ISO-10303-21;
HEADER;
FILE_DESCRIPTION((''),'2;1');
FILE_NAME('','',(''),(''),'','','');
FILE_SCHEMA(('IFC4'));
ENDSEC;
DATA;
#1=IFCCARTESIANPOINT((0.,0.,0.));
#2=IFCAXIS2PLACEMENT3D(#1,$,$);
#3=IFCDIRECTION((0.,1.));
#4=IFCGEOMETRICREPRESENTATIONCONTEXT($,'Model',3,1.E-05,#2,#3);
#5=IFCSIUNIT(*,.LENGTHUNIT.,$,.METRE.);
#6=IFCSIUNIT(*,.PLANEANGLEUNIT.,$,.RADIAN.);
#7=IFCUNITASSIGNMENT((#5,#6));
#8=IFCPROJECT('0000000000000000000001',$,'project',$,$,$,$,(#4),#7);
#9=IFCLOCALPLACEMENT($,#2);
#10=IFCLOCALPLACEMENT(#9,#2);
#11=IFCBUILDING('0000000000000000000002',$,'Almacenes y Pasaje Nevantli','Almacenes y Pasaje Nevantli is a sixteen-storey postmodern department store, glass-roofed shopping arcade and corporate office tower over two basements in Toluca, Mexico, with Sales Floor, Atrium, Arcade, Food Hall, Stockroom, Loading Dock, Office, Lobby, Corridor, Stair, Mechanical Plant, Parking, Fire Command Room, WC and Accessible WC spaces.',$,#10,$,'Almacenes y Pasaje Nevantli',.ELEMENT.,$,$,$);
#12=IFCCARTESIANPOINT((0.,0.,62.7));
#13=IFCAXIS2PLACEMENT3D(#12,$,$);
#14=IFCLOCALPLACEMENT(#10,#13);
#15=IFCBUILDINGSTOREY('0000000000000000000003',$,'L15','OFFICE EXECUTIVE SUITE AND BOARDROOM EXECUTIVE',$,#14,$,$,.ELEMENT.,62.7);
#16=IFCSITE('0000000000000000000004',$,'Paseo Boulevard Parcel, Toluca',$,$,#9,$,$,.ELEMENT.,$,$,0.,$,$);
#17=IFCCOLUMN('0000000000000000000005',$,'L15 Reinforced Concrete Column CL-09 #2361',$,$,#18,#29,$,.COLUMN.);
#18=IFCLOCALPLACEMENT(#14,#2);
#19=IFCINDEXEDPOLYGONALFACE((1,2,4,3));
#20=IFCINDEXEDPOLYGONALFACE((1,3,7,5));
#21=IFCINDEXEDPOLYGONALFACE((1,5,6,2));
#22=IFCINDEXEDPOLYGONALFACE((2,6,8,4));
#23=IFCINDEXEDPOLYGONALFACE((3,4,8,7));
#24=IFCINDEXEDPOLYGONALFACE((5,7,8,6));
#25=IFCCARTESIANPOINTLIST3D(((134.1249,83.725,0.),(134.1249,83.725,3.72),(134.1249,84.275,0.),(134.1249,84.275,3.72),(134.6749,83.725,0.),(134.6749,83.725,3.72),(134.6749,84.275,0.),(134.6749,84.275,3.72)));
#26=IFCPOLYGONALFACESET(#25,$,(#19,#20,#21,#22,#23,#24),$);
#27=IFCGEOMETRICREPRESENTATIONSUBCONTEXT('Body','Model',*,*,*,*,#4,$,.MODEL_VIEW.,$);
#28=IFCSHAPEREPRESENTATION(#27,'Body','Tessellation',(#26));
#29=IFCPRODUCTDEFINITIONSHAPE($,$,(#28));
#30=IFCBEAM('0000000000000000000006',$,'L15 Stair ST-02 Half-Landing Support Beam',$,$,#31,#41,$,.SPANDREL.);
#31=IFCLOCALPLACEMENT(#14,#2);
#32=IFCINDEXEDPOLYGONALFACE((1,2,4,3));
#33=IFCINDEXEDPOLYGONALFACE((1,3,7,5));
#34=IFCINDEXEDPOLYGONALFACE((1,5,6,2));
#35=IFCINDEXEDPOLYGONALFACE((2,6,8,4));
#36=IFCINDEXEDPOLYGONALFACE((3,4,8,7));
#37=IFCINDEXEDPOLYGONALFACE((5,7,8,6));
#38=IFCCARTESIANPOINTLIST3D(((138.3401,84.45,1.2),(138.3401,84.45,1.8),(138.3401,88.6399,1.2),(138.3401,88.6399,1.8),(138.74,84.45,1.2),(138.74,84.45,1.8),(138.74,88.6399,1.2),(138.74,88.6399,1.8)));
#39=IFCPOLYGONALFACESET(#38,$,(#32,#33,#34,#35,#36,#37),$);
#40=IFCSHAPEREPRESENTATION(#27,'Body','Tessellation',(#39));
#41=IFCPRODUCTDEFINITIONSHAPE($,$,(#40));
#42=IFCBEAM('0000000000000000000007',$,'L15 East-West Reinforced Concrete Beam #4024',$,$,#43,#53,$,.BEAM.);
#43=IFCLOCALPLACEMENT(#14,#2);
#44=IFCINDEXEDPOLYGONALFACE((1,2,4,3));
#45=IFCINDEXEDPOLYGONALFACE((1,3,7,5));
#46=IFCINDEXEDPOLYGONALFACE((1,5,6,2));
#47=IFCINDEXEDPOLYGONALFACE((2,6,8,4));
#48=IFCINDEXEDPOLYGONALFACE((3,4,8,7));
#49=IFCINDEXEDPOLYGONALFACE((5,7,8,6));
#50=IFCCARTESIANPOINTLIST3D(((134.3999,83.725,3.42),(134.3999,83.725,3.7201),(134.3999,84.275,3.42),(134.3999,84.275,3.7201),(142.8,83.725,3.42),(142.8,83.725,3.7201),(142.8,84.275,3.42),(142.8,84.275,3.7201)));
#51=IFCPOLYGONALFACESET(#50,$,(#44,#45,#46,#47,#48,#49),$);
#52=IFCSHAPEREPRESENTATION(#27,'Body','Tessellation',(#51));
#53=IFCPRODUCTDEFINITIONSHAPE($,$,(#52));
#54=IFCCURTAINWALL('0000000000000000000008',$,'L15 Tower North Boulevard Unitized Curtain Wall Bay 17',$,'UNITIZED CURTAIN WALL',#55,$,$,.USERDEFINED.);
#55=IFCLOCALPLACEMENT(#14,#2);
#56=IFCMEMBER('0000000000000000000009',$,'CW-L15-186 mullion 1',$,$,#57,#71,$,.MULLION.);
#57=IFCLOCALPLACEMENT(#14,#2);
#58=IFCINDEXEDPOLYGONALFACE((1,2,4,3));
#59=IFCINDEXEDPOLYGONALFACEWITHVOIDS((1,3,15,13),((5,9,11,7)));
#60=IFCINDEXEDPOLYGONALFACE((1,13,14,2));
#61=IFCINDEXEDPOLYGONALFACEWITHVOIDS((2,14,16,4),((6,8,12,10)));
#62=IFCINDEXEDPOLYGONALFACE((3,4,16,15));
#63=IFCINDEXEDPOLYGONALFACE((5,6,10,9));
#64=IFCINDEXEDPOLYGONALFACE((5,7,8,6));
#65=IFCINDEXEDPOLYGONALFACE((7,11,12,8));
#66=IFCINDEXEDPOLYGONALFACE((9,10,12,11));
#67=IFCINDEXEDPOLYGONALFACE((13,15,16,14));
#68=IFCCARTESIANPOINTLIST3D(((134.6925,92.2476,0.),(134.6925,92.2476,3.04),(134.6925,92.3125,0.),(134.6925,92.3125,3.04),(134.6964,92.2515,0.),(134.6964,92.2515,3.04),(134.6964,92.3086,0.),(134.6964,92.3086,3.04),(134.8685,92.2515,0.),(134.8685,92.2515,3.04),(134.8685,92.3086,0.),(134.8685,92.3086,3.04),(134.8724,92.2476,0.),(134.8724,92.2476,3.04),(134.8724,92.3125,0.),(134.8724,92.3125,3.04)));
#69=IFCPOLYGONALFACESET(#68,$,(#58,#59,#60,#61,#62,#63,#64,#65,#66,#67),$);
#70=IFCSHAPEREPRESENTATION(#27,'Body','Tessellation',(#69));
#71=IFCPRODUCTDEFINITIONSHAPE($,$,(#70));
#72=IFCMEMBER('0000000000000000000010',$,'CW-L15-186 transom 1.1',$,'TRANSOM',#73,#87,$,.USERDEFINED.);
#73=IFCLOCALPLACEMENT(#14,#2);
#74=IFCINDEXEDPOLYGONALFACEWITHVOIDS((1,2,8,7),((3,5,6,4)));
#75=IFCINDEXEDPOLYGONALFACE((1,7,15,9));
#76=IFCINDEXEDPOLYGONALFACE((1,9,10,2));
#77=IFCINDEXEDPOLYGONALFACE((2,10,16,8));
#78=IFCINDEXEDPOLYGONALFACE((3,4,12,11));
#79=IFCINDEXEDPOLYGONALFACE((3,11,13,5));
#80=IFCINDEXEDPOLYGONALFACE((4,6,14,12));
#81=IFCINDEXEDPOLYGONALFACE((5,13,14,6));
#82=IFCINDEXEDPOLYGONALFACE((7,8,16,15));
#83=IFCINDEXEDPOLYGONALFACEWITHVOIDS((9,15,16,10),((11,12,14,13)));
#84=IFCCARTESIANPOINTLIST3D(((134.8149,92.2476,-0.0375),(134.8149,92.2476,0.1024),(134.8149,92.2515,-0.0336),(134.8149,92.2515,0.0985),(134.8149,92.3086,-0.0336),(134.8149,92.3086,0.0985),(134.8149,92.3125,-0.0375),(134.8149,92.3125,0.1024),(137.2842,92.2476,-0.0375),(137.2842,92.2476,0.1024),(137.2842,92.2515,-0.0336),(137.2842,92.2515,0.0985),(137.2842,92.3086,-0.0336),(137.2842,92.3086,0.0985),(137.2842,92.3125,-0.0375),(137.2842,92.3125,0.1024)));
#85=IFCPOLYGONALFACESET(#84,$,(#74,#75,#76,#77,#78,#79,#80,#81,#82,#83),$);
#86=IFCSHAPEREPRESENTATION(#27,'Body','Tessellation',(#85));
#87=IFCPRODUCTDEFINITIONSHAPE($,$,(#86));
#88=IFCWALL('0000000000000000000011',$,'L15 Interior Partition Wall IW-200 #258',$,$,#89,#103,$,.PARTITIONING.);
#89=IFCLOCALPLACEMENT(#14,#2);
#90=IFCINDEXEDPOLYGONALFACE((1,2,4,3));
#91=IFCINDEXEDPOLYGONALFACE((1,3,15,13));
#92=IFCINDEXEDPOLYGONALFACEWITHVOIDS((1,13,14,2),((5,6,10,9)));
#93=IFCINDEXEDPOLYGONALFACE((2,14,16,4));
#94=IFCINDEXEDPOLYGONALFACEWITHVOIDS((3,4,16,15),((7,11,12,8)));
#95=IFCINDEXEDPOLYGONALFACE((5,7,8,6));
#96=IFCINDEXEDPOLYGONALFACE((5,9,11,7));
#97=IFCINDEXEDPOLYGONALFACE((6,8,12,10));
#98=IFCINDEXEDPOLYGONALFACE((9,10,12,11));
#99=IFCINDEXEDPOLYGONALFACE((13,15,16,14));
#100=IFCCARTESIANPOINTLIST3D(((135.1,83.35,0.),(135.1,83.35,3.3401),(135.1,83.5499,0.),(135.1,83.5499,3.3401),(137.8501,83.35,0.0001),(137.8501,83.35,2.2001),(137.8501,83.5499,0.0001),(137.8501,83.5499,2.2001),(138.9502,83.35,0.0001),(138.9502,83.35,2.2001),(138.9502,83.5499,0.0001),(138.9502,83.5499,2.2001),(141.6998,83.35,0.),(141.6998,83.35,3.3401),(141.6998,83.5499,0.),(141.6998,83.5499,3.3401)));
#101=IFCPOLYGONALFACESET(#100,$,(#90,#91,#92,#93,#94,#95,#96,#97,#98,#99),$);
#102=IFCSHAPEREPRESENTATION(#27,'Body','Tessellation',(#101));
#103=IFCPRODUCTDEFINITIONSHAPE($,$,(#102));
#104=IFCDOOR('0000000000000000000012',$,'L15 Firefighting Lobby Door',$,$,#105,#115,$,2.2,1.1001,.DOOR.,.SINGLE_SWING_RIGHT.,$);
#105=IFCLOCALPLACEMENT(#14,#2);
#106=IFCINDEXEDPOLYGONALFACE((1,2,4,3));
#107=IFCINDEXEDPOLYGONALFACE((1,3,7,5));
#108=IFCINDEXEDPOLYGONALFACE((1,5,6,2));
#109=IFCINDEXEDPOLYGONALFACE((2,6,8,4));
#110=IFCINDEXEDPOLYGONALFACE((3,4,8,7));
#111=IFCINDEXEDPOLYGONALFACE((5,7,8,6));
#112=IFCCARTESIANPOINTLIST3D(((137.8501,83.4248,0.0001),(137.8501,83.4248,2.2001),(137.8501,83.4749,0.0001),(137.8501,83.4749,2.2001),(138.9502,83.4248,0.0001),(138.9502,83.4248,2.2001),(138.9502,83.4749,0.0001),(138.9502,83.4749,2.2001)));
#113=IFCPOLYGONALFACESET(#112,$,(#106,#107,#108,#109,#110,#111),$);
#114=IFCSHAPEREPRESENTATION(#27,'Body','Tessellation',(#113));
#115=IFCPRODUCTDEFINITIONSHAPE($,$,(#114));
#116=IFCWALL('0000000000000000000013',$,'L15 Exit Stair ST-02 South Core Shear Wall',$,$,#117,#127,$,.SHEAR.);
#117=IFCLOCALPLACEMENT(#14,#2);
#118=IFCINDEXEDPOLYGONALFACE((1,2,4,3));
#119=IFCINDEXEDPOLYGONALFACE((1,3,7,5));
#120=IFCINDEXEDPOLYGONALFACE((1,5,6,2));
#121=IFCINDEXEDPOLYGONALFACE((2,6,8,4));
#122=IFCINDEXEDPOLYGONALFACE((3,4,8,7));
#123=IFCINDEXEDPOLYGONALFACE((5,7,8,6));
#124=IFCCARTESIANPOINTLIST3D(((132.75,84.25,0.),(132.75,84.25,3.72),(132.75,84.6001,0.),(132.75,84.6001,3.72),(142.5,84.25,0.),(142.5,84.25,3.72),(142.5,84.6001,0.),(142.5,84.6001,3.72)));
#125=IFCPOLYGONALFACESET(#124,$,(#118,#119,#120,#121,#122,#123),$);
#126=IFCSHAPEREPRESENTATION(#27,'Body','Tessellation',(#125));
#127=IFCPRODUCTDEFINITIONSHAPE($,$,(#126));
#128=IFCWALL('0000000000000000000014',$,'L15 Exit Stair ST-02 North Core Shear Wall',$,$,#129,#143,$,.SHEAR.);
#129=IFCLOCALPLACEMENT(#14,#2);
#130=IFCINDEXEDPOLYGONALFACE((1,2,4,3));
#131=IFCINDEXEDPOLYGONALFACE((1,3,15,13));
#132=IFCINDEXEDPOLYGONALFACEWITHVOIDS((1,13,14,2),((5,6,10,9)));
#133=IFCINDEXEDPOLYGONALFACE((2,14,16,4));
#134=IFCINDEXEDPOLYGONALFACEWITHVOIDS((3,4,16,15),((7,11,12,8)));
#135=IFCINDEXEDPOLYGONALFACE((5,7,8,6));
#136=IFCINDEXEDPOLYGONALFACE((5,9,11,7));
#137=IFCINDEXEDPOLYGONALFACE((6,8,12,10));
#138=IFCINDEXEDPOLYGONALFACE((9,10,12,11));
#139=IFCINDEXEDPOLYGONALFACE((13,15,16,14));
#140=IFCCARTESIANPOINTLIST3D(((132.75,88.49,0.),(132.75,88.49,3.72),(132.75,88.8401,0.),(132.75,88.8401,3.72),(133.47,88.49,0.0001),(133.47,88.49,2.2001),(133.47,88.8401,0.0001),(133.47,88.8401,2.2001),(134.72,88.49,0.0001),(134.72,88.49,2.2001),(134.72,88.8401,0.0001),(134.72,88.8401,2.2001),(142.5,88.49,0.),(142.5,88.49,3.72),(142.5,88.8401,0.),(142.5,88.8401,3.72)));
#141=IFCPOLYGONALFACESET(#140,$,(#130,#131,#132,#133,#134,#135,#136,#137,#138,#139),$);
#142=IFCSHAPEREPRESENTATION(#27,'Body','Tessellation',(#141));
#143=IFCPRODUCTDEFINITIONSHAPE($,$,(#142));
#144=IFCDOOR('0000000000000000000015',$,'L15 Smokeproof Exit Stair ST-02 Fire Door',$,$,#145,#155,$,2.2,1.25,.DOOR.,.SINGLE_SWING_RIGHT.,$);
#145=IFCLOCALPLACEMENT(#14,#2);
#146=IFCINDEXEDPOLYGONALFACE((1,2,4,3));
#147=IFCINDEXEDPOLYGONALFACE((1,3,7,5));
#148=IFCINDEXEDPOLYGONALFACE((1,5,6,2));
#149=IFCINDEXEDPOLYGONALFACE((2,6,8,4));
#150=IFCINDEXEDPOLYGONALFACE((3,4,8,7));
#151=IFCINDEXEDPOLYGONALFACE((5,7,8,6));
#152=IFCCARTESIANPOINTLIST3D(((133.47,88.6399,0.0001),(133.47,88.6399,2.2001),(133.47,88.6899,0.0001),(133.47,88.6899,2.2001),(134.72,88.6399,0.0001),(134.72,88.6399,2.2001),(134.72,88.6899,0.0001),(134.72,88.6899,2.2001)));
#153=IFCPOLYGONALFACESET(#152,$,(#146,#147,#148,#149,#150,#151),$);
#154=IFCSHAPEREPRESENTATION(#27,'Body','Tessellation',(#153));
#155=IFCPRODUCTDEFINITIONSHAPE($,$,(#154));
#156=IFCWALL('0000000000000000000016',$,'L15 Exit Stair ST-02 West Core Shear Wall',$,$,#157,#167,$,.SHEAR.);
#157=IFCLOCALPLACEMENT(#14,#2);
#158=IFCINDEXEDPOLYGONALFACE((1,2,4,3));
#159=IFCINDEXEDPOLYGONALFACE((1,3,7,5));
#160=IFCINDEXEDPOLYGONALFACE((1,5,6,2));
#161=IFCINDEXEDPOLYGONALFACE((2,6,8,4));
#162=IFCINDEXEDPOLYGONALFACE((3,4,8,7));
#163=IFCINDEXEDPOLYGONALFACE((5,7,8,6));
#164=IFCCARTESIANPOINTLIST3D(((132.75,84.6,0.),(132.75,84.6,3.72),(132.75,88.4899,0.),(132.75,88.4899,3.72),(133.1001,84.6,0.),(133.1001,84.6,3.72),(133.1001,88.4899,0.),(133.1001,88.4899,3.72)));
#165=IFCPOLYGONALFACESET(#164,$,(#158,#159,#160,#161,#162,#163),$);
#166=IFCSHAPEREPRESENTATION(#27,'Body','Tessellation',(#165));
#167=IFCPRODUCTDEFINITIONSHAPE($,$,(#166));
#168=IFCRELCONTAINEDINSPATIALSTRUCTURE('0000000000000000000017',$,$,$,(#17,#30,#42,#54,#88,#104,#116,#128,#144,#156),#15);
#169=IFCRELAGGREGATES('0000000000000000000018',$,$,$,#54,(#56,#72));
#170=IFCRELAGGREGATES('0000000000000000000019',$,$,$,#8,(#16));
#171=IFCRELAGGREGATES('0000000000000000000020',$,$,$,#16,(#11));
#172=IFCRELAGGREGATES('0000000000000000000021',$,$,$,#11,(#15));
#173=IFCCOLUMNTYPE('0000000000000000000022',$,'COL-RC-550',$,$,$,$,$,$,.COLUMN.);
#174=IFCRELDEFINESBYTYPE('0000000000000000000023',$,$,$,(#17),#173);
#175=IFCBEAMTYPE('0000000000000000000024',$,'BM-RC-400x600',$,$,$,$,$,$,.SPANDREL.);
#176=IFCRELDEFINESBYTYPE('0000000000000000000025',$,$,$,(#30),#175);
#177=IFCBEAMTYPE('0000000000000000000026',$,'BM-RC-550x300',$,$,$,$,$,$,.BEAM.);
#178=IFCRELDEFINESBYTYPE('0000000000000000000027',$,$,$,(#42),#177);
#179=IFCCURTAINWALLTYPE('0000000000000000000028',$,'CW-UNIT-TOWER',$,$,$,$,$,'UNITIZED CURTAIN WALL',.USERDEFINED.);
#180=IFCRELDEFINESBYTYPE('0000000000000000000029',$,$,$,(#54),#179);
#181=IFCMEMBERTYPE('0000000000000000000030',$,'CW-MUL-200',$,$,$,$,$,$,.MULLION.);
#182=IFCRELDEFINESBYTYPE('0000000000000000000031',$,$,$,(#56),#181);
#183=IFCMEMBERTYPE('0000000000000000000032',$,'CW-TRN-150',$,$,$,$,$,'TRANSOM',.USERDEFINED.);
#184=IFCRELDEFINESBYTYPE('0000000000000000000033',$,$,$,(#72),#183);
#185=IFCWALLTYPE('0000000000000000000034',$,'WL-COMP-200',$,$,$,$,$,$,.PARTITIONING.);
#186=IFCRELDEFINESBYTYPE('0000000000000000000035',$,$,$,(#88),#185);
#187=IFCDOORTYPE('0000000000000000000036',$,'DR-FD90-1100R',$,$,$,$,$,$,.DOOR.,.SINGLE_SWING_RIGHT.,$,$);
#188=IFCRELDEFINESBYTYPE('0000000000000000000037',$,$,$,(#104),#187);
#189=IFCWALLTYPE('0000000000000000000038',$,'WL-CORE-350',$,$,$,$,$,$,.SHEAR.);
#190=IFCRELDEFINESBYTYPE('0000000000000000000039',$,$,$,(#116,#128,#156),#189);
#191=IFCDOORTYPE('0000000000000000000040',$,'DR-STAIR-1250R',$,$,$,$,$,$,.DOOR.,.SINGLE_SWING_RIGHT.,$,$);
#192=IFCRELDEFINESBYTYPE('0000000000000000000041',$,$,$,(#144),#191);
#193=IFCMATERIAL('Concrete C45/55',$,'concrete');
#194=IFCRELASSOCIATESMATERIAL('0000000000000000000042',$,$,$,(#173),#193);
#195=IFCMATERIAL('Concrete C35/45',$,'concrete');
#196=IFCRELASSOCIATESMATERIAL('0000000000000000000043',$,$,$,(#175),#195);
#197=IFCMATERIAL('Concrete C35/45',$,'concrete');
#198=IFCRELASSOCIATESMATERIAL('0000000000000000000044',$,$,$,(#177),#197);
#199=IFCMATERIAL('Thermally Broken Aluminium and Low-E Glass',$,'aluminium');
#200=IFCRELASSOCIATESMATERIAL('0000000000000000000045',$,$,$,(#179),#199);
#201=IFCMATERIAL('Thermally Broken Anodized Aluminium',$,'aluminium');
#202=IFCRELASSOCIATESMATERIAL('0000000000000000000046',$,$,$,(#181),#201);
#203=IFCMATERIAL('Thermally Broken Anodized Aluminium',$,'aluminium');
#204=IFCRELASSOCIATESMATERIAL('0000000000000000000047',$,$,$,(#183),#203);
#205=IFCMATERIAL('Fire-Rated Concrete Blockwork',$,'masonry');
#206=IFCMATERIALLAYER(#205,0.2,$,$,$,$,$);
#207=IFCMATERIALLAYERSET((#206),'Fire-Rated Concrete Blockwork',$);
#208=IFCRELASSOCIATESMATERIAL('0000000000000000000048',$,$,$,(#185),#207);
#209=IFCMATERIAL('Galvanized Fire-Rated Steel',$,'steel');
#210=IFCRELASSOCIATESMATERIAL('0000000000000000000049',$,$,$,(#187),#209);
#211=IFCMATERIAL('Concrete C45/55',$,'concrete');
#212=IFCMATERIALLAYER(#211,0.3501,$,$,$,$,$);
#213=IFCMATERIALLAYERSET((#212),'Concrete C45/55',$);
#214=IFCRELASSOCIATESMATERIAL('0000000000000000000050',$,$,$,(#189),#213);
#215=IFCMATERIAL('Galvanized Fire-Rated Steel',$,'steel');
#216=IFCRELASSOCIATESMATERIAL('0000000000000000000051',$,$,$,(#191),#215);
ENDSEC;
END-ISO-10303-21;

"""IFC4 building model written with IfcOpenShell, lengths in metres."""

from ifc_helpers import new_model, si_unit, direction, frame, frame_2d, origin, origin_2d, place, context, subcontext, project, spatial, rectangle, hollow_rectangle, extrude, material, layer, layer_set, material_profile, profile_set, type_object, element, fill, aggregate, save


model = new_model("IFC4")

# Units and contexts
model_context = context("Model", 3, precision=1e-05, world=origin(), true_north=direction((0.0, 1.0)))
body_context = subcontext(model_context, "Body", "Model", "MODEL_VIEW")
ifc_project = project(units=[si_unit("LENGTHUNIT", "METRE"), si_unit("PLANEANGLEUNIT", "RADIAN")], contexts=[model_context])

# Site, building, storey
site_placement = place(None, origin())
site = spatial("IfcSite", under=ifc_project, at=site_placement, Name="Paseo Boulevard Parcel, Toluca", CompositionType="ELEMENT", RefElevation=0.0)
building_placement = place(site_placement, origin())
building = spatial("IfcBuilding", under=site, at=building_placement, Name="Almacenes y Pasaje Nevantli", Description="Almacenes y Pasaje Nevantli is a sixteen-storey postmodern department store, glass-roofed shopping arcade and corporate office tower over two basements in Toluca, Mexico, with Sales Floor, Atrium, Arcade, Food Hall, Stockroom, Loading Dock, Office, Lobby, Corridor, Stair, Mechanical Plant, Parking, Fire Command Room, WC and Accessible WC spaces.", LongName="Almacenes y Pasaje Nevantli", CompositionType="ELEMENT")
storey_placement = place(building_placement, frame((0.0, 0.0, 62.7)))
storey = spatial("IfcBuildingStorey", under=building, at=storey_placement, Name="L15", Description="OFFICE EXECUTIVE SUITE AND BOARDROOM EXECUTIVE", CompositionType="ELEMENT", Elevation=62.7)

# Column
ifc_material_1 = material(Name="Concrete C45/55", Category="concrete")
ifc_material_profile_1 = material_profile(ifc_material_1, rectangle(XDim=0.55, YDim=0.55, at=origin_2d()), Name="RC-COL-550x550")
ifc_profile_set_1 = profile_set([ifc_material_profile_1], Name="Concrete C45/55")
column_type = type_object("IfcColumnType", Name="COL-RC-550", PredefinedType="COLUMN", material=ifc_profile_set_1)
column_placement = place(storey_placement, frame((134.3999, 84.0, 0.0), z_axis=(0.0, 0.0, 1.0), x_axis=(1.0, 0.0, 0.0)))
element("IfcColumn", 1, at=column_placement, inside=storey, type_object=column_type, Name="L15 Reinforced Concrete Column CL-09 #2361", PredefinedType="COLUMN", context=body_context, shape_type="SweptSolid", body=[
    extrude(rectangle(XDim=0.55, YDim=0.55, at=origin_2d()), origin(), (0.0, 0.0, 1.0), 3.72),
])

# Beams
ifc_material_2 = material(Name="Concrete C35/45", Category="concrete")
ifc_material_profile_2 = material_profile(ifc_material_2, rectangle(XDim=0.3999, YDim=0.6001, at=origin_2d()), Name="RC-BM-400x600")
ifc_profile_set_2 = profile_set([ifc_material_profile_2], Name="Concrete C35/45")
beam_type_1 = type_object("IfcBeamType", Name="BM-RC-400x600", PredefinedType="SPANDREL", material=ifc_profile_set_2)
beam_1_placement = place(storey_placement, frame((138.54, 84.45, 1.5), z_axis=(0.0, 1.0, 0.0), x_axis=(-1.0, 0.0, 0.0)))
element("IfcBeam", 2, at=beam_1_placement, inside=storey, type_object=beam_type_1, Name="L15 Stair ST-02 Half-Landing Support Beam", PredefinedType="SPANDREL", context=body_context, shape_type="SweptSolid", body=[
    extrude(rectangle(XDim=0.3999, YDim=0.6001, at=origin_2d()), origin(), (0.0, 0.0, 1.0), 4.1899),
])
ifc_material_3 = material(Name="Concrete C35/45", Category="concrete")
ifc_material_profile_3 = material_profile(ifc_material_3, rectangle(XDim=0.55, YDim=0.3, at=origin_2d()), Name="RC-BM-550x300")
ifc_profile_set_3 = profile_set([ifc_material_profile_3], Name="Concrete C35/45")
beam_type_2 = type_object("IfcBeamType", Name="BM-RC-550x300", PredefinedType="BEAM", material=ifc_profile_set_3)
beam_2_placement = place(storey_placement, frame((134.3999, 84.0, 3.5701), z_axis=(1.0, 0.0, 0.0), x_axis=(0.0, 1.0, 0.0)))
element("IfcBeam", 3, at=beam_2_placement, inside=storey, type_object=beam_type_2, Name="L15 East-West Reinforced Concrete Beam #4024", PredefinedType="BEAM", context=body_context, shape_type="SweptSolid", body=[
    extrude(rectangle(XDim=0.55, YDim=0.3, at=origin_2d()), origin(), (0.0, 0.0, 1.0), 8.4001),
])

# Curtain wall, members
ifc_material_4 = material(Name="Thermally Broken Aluminium and Low-E Glass", Category="aluminium")
curtain_wall_type = type_object("IfcCurtainWallType", Name="CW-UNIT-TOWER", ElementType="UNITIZED CURTAIN WALL", PredefinedType="USERDEFINED", material=ifc_material_4)
curtain_wall_placement = place(storey_placement, origin())
curtain_wall = element("IfcCurtainWall", 4, at=curtain_wall_placement, inside=storey, type_object=curtain_wall_type, Name="L15 Tower North Boulevard Unitized Curtain Wall Bay 17", ObjectType="UNITIZED CURTAIN WALL", PredefinedType="USERDEFINED")
ifc_material_5 = material(Name="Thermally Broken Anodized Aluminium", Category="aluminium")
ifc_material_profile_4 = material_profile(ifc_material_5, hollow_rectangle(XDim=0.0649, YDim=0.1799, WallThickness=0.0039, at=origin_2d()), Name="ALU-MUL-65x180")
ifc_profile_set_4 = profile_set([ifc_material_profile_4], Name="Thermally Broken Anodized Aluminium")
member_type_1 = type_object("IfcMemberType", Name="CW-MUL-200", PredefinedType="MULLION", material=ifc_profile_set_4)
member_1_placement = place(storey_placement, frame((134.7825, 92.28, 0.0), z_axis=(0.0, 0.0, 1.0), x_axis=(0.0, 1.0, 0.0)))
member_1 = element("IfcMember", 5, at=member_1_placement, type_object=member_type_1, Name="CW-L15-186 mullion 1", PredefinedType="MULLION", context=body_context, shape_type="SweptSolid", body=[
    extrude(hollow_rectangle(XDim=0.0649, YDim=0.1799, WallThickness=0.0039, at=origin_2d()), origin(), (0.0, 0.0, 1.0), 3.04),
])
ifc_material_6 = material(Name="Thermally Broken Anodized Aluminium", Category="aluminium")
ifc_material_profile_5 = material_profile(ifc_material_6, hollow_rectangle(XDim=0.0649, YDim=0.1399, WallThickness=0.0039, at=origin_2d()), Name="ALU-TRN-65x140")
ifc_profile_set_5 = profile_set([ifc_material_profile_5], Name="Thermally Broken Anodized Aluminium")
member_type_2 = type_object("IfcMemberType", Name="CW-TRN-150", ElementType="TRANSOM", PredefinedType="USERDEFINED", material=ifc_profile_set_5)
member_2_placement = place(storey_placement, frame((134.8149, 92.28, 0.0325), z_axis=(1.0, 0.0, 0.0), x_axis=(0.0, 1.0, 0.0)))
member_2 = element("IfcMember", 6, at=member_2_placement, type_object=member_type_2, Name="CW-L15-186 transom 1.1", ObjectType="TRANSOM", PredefinedType="USERDEFINED", context=body_context, shape_type="SweptSolid", body=[
    extrude(hollow_rectangle(XDim=0.0649, YDim=0.1399, WallThickness=0.0039, at=origin_2d()), origin(), (0.0, 0.0, 1.0), 2.4692),
])
aggregate(curtain_wall, [member_1, member_2])

# Wall, opening, door
ifc_material_7 = material(Name="Fire-Rated Concrete Blockwork", Category="masonry")
ifc_layer_1 = layer(ifc_material_7, 0.2)
ifc_layer_set_1 = layer_set([ifc_layer_1], Name="Fire-Rated Concrete Blockwork")
wall_type_1 = type_object("IfcWallType", Name="WL-COMP-200", PredefinedType="PARTITIONING", material=ifc_layer_set_1)
wall_1_placement = place(storey_placement, frame((135.1001, 83.45, 0.0), z_axis=(0.0, 0.0, 1.0), x_axis=(1.0, 0.0, 0.0)))
wall_1 = element("IfcWall", 7, at=wall_1_placement, inside=storey, type_object=wall_type_1, Name="L15 Interior Partition Wall IW-200 #258", PredefinedType="PARTITIONING", context=body_context, shape_type="SweptSolid", body=[
    extrude(rectangle(XDim=6.5999, YDim=0.2, at=frame_2d((3.2998, 0.0))), origin(), (0.0, 0.0, 1.0), 3.3401),
])
opening_1_placement = place(wall_1_placement, frame((2.75, 0.0, 0.0)))
opening_1 = element("IfcOpeningElement", 8, at=opening_1_placement, cuts=wall_1, PredefinedType="OPENING", context=body_context, shape_type="SweptSolid", body=[
    extrude(rectangle(XDim=1.1001, YDim=2.2, at=frame_2d((0.55, 1.1001))), frame((0.0, 0.1099, 0.0), z_axis=(0.0, -1.0, 0.0), x_axis=(1.0, 0.0, 0.0)), (0.0, 0.0, 1.0), 0.22),
])
ifc_material_8 = material(Name="Galvanized Fire-Rated Steel", Category="steel")
door_type_1 = type_object("IfcDoorType", Name="DR-FD90-1100R", OperationType="SINGLE_SWING_RIGHT", PredefinedType="DOOR", material=ifc_material_8)
door_1_placement = place(opening_1_placement, origin())
door_1 = element("IfcDoor", 9, at=door_1_placement, inside=storey, type_object=door_type_1, Name="L15 Firefighting Lobby Door", OperationType="SINGLE_SWING_RIGHT", OverallHeight=2.2, OverallWidth=1.1001, PredefinedType="DOOR", context=body_context, shape_type="SweptSolid", body=[
    extrude(rectangle(XDim=1.1001, YDim=2.2, at=frame_2d((0.55, 1.1001))), frame((0.0, 0.0249, 0.0), z_axis=(0.0, -1.0, 0.0), x_axis=(1.0, 0.0, 0.0)), (0.0, 0.0, 1.0), 0.05),
])
fill(opening_1, door_1)

# Wall
ifc_material_9 = material(Name="Concrete C45/55", Category="concrete")
ifc_layer_2 = layer(ifc_material_9, 0.3501)
ifc_layer_set_2 = layer_set([ifc_layer_2], Name="Concrete C45/55")
wall_type_2 = type_object("IfcWallType", Name="WL-CORE-350", PredefinedType="SHEAR", material=ifc_layer_set_2)
wall_2_placement = place(storey_placement, frame((132.75, 84.425, 0.0), z_axis=(0.0, 0.0, 1.0), x_axis=(1.0, 0.0, 0.0)))
element("IfcWall", 10, at=wall_2_placement, inside=storey, type_object=wall_type_2, Name="L15 Exit Stair ST-02 South Core Shear Wall", PredefinedType="SHEAR", context=body_context, shape_type="SweptSolid", body=[
    extrude(rectangle(XDim=9.75, YDim=0.3501, at=frame_2d((4.875, 0.0))), origin(), (0.0, 0.0, 1.0), 3.72),
])

# Wall, opening, door
wall_3_placement = place(storey_placement, frame((132.75, 88.665, 0.0), z_axis=(0.0, 0.0, 1.0), x_axis=(1.0, 0.0, 0.0)))
wall_3 = element("IfcWall", 11, at=wall_3_placement, inside=storey, type_object=wall_type_2, Name="L15 Exit Stair ST-02 North Core Shear Wall", PredefinedType="SHEAR", context=body_context, shape_type="SweptSolid", body=[
    extrude(rectangle(XDim=9.75, YDim=0.3501, at=frame_2d((4.875, 0.0))), origin(), (0.0, 0.0, 1.0), 3.72),
])
opening_2_placement = place(wall_3_placement, frame((0.72, 0.0, 0.0)))
opening_2 = element("IfcOpeningElement", 12, at=opening_2_placement, cuts=wall_3, PredefinedType="OPENING", context=body_context, shape_type="SweptSolid", body=[
    extrude(rectangle(XDim=1.25, YDim=2.2, at=frame_2d((0.625, 1.1001))), frame((0.0, 0.1851, 0.0), z_axis=(0.0, -1.0, 0.0), x_axis=(1.0, 0.0, 0.0)), (0.0, 0.0, 1.0), 0.3701),
])
ifc_material_10 = material(Name="Galvanized Fire-Rated Steel", Category="steel")
door_type_2 = type_object("IfcDoorType", Name="DR-STAIR-1250R", OperationType="SINGLE_SWING_RIGHT", PredefinedType="DOOR", material=ifc_material_10)
door_2_placement = place(opening_2_placement, origin())
door_2 = element("IfcDoor", 13, at=door_2_placement, inside=storey, type_object=door_type_2, Name="L15 Smokeproof Exit Stair ST-02 Fire Door", OperationType="SINGLE_SWING_RIGHT", OverallHeight=2.2, OverallWidth=1.25, PredefinedType="DOOR", context=body_context, shape_type="SweptSolid", body=[
    extrude(rectangle(XDim=1.25, YDim=2.2, at=frame_2d((0.625, 1.1001))), frame((0.0, 0.0249, 0.0), z_axis=(0.0, -1.0, 0.0), x_axis=(1.0, 0.0, 0.0)), (0.0, 0.0, 1.0), 0.05),
])
fill(opening_2, door_2)

# Wall
wall_4_placement = place(storey_placement, frame((132.925, 84.6001, 0.0), z_axis=(0.0, 0.0, 1.0), x_axis=(0.0, 1.0, 0.0)))
element("IfcWall", 14, at=wall_4_placement, inside=storey, type_object=wall_type_2, Name="L15 Exit Stair ST-02 West Core Shear Wall", PredefinedType="SHEAR", context=body_context, shape_type="SweptSolid", body=[
    extrude(rectangle(XDim=3.8899, YDim=0.3501, at=frame_2d((1.9448, 0.0))), origin(), (0.0, 0.0, 1.0), 3.72),
])

save(model, "model.ifc")
